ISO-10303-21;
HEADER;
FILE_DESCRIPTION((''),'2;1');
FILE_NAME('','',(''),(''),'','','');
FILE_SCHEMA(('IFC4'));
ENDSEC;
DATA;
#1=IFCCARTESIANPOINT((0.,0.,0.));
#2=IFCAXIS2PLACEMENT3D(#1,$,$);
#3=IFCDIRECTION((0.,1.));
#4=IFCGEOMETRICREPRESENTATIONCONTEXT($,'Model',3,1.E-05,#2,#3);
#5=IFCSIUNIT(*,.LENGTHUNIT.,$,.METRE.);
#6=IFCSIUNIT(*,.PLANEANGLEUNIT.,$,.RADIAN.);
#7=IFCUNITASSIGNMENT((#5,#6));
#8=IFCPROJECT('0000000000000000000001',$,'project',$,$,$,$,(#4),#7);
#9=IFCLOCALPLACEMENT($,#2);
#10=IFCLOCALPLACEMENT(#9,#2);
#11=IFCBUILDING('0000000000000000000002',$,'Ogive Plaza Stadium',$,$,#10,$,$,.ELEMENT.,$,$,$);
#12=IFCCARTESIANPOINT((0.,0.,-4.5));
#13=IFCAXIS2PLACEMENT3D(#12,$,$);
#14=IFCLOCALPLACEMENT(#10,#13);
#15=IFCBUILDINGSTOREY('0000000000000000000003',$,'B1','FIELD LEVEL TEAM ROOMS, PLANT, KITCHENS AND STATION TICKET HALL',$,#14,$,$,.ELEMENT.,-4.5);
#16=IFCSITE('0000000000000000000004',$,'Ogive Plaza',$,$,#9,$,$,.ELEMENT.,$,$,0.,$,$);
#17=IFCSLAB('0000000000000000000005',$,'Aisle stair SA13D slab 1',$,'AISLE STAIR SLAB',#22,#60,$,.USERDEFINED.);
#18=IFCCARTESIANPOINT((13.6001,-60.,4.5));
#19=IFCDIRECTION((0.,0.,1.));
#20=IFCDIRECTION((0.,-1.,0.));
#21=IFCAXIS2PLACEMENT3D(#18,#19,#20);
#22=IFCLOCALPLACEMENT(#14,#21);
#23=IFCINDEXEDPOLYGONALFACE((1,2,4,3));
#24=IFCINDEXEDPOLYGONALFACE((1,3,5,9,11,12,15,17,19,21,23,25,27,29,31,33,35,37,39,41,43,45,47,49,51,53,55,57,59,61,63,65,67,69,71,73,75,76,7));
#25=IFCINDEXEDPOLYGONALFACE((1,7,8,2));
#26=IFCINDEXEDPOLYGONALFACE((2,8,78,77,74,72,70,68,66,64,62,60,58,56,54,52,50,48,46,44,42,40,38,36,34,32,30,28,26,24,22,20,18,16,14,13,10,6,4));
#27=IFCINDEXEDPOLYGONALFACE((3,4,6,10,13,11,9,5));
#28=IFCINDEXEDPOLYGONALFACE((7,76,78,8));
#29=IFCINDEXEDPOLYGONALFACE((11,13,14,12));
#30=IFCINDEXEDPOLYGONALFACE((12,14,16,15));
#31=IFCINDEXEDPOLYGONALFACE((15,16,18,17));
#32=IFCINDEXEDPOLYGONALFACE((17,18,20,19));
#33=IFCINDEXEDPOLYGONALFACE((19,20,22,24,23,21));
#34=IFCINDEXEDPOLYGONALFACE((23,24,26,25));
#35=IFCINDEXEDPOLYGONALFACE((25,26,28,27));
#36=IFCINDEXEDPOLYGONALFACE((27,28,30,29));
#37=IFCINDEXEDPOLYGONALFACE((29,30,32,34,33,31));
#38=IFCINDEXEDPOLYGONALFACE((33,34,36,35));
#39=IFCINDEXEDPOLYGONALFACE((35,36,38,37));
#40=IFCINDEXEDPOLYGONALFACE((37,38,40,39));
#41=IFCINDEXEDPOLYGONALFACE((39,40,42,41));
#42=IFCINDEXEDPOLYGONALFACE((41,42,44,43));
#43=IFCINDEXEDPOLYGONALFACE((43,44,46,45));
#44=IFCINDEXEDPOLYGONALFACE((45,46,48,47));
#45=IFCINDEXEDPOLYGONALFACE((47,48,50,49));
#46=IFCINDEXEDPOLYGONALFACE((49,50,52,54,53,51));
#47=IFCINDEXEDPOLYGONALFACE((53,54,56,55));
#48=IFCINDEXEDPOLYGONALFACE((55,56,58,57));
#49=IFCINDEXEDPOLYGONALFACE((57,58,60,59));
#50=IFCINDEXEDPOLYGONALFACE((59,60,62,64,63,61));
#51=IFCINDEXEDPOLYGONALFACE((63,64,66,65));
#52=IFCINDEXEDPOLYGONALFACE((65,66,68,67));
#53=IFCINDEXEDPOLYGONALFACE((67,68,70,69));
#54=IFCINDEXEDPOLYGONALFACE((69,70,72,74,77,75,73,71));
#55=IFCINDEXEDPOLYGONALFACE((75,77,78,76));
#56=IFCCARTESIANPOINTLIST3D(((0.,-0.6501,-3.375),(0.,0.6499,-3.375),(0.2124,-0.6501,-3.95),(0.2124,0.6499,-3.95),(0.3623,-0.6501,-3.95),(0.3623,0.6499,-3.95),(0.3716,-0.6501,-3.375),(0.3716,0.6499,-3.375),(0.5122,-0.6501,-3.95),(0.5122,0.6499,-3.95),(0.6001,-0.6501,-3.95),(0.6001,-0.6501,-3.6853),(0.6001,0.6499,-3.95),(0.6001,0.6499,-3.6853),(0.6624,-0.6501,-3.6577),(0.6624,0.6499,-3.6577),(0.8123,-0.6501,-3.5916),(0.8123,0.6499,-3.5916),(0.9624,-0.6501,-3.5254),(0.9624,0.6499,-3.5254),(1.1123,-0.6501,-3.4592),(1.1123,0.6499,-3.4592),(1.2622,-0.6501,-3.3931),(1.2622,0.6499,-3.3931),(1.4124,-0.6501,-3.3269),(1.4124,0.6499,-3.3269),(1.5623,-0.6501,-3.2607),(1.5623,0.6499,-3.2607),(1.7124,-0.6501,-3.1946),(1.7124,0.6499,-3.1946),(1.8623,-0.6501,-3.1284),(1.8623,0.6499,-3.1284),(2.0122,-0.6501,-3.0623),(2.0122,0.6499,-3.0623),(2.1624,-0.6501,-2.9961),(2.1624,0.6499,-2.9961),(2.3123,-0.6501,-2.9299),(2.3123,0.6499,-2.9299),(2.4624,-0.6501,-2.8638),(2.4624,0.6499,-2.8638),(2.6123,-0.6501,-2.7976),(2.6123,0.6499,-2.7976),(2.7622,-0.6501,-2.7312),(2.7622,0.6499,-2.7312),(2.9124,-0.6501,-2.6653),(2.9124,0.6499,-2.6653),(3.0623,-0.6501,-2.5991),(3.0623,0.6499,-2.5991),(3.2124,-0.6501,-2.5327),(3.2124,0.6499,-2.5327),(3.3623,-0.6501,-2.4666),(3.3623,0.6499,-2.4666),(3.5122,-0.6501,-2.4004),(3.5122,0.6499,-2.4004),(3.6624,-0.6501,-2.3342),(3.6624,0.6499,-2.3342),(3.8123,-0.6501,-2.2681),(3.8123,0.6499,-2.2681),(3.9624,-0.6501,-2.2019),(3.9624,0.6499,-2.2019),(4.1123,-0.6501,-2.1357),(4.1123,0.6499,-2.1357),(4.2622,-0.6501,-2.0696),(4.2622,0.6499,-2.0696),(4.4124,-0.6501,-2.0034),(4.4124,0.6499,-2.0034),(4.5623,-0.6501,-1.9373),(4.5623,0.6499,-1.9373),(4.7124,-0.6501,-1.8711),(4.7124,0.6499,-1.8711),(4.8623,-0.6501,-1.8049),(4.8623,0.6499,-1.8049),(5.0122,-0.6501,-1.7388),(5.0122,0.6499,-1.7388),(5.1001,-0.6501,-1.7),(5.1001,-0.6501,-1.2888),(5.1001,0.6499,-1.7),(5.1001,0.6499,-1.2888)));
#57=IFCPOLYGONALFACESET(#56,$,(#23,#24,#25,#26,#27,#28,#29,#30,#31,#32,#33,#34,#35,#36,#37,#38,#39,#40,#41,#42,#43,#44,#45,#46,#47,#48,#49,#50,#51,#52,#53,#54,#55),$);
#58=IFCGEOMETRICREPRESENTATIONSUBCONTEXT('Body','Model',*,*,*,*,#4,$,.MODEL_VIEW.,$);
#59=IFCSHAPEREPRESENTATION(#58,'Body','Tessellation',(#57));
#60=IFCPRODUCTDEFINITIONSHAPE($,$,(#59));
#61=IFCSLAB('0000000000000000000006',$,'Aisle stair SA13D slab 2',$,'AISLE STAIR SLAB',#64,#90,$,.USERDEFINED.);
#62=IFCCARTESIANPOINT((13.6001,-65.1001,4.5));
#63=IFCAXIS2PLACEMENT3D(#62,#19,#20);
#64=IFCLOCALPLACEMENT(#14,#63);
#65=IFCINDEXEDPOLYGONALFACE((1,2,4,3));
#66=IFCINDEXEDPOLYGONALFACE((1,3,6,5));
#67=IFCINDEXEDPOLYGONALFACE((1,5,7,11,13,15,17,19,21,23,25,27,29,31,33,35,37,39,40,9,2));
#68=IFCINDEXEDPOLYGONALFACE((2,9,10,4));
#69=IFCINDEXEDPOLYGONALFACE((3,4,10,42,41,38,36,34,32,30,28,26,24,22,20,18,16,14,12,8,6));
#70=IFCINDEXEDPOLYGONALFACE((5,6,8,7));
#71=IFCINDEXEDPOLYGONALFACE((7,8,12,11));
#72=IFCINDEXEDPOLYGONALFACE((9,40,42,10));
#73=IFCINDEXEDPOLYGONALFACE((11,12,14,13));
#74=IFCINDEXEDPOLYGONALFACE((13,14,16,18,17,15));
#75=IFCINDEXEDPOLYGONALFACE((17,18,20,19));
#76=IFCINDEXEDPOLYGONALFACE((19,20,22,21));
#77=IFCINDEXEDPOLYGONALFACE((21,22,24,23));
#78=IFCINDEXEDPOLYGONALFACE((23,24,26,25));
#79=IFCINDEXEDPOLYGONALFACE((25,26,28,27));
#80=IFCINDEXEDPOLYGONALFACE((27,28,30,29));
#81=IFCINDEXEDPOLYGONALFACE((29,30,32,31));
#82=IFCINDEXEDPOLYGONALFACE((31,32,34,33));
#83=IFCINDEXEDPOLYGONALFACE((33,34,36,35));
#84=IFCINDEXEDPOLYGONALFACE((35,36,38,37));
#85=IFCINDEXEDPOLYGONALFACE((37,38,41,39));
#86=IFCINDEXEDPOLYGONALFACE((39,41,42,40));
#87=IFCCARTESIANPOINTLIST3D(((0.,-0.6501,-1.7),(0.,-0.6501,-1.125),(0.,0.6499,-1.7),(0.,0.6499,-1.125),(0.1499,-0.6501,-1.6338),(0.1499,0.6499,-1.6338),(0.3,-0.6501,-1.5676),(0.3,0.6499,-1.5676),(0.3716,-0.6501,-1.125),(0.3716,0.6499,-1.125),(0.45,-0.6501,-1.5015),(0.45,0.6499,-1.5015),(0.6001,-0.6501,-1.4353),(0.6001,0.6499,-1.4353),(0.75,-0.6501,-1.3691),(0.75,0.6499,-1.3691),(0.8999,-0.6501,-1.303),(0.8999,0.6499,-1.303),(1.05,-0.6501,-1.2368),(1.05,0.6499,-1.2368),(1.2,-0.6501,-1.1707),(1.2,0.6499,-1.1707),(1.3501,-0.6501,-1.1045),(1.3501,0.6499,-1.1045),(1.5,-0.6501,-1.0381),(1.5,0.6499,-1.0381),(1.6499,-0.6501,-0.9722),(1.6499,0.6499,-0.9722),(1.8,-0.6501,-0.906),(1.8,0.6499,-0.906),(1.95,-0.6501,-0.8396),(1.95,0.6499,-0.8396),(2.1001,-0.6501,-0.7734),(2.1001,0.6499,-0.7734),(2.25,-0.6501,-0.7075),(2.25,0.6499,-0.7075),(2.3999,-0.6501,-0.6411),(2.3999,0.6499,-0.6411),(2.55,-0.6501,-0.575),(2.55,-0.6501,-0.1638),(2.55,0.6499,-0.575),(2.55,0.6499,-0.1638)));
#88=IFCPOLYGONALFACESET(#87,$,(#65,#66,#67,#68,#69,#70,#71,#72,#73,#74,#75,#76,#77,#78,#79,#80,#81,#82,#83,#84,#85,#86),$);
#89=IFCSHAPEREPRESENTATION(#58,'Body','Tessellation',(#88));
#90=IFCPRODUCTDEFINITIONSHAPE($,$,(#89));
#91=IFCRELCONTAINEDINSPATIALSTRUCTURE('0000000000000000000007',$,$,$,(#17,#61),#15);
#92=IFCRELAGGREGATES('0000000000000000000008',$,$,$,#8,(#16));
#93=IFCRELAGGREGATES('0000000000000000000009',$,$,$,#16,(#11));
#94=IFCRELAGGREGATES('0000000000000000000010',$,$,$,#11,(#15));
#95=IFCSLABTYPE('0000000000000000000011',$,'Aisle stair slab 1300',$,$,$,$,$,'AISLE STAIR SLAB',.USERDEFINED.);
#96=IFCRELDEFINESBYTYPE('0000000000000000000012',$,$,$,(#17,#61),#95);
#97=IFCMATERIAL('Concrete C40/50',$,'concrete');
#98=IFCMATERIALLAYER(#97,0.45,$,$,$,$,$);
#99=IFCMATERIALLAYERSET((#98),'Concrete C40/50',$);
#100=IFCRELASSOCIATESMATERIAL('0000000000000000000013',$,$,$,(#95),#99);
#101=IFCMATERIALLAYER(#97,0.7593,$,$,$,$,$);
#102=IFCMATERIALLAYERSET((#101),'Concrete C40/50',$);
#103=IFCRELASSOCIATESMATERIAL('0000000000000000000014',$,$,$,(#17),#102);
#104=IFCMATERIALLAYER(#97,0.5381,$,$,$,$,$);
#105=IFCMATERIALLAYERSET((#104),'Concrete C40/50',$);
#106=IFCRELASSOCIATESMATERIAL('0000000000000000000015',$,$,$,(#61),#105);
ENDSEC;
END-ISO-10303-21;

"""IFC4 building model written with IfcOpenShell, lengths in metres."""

from ifc_helpers import new_model, si_unit, direction, frame, origin, place, context, subcontext, project, spatial, polyline, outline, extrude, material, layer, layer_set, type_object, element, save


model = new_model("IFC4")

# Units and contexts
model_context = context("Model", 3, precision=1e-05, world=origin(), true_north=direction((0.0, 1.0)))
body_context = subcontext(model_context, "Body", "Model", "MODEL_VIEW")
ifc_project = project(units=[si_unit("LENGTHUNIT", "METRE"), si_unit("PLANEANGLEUNIT", "RADIAN")], contexts=[model_context])

# Site, building, storey
site_placement = place(None, origin())
site = spatial("IfcSite", under=ifc_project, at=site_placement, Name="Ogive Plaza", CompositionType="ELEMENT", RefElevation=0.0)
building_placement = place(site_placement, origin())
building = spatial("IfcBuilding", under=site, at=building_placement, Name="Ogive Plaza Stadium", CompositionType="ELEMENT")
storey_placement = place(building_placement, frame((0.0, 0.0, -4.5)))
storey = spatial("IfcBuildingStorey", under=building, at=storey_placement, Name="B1", Description="FIELD LEVEL TEAM ROOMS, PLANT, KITCHENS AND STATION TICKET HALL", CompositionType="ELEMENT", Elevation=-4.5)

# Slabs
ifc_material_1 = material(Name="Concrete C40/50", Category="concrete")
ifc_layer_1 = layer(ifc_material_1, 0.7593)
ifc_layer_set_1 = layer_set([ifc_layer_1], Name="Concrete C40/50")
ifc_layer_2 = layer(ifc_material_1, 0.45)
ifc_layer_set_2 = layer_set([ifc_layer_2], Name="Concrete C40/50")
slab_type = type_object("IfcSlabType", Name="Aisle stair slab 1300", ElementType="AISLE STAIR SLAB", PredefinedType="USERDEFINED", material=ifc_layer_set_2)
slab_1_placement = place(storey_placement, frame((13.6001, -60.0, 4.5), z_axis=(0.0, 0.0, 1.0), x_axis=(0.0, -1.0, 0.0)))
element("IfcSlab", 1, at=slab_1_placement, inside=storey, type_object=slab_type, material=ifc_layer_set_1, Name="Aisle stair SA13D slab 1", ObjectType="AISLE STAIR SLAB", PredefinedType="USERDEFINED", context=body_context, shape_type="SweptSolid", body=[
    extrude(outline(polyline([(0.0, -3.375), (0.3716, -3.375), (5.1001, -1.2888), (5.1001, -1.7), (5.0122, -1.7388), (4.8623, -1.8049), (4.7124, -1.8711), (4.5623, -1.9373), (4.4124, -2.0034), (4.2622, -2.0696), (4.1123, -2.1357), (3.9624, -2.2019), (3.8123, -2.2681), (3.6624, -2.3342), (3.5122, -2.4004), (3.3623, -2.4666), (3.2124, -2.5327), (3.0623, -2.5991), (2.9124, -2.6653), (2.7622, -2.7312), (2.6123, -2.7976), (2.4624, -2.8638), (2.3123, -2.9299), (2.1624, -2.9961), (2.0122, -3.0623), (1.8623, -3.1284), (1.7124, -3.1946), (1.5623, -3.2607), (1.4124, -3.3269), (1.2622, -3.3931), (1.1123, -3.4592), (0.9624, -3.5254), (0.8123, -3.5916), (0.6624, -3.6577), (0.6001, -3.6853), (0.6001, -3.95), (0.5122, -3.95), (0.3623, -3.95), (0.2124, -3.95), (0.0, -3.375)])), frame((0.0, 0.6499, 0.0), z_axis=(0.0, -1.0, 0.0), x_axis=(1.0, 0.0, 0.0)), (0.0, 0.0, 1.0), 1.3),
])
ifc_layer_3 = layer(ifc_material_1, 0.5381)
ifc_layer_set_3 = layer_set([ifc_layer_3], Name="Concrete C40/50")
slab_2_placement = place(storey_placement, frame((13.6001, -65.1001, 4.5), z_axis=(0.0, 0.0, 1.0), x_axis=(0.0, -1.0, 0.0)))
element("IfcSlab", 2, at=slab_2_placement, inside=storey, type_object=slab_type, material=ifc_layer_set_3, Name="Aisle stair SA13D slab 2", ObjectType="AISLE STAIR SLAB", PredefinedType="USERDEFINED", context=body_context, shape_type="SweptSolid", body=[
    extrude(outline(polyline([(0.0, -1.125), (0.3716, -1.125), (2.55, -0.1638), (2.55, -0.575), (2.3999, -0.6411), (2.25, -0.7075), (2.1001, -0.7734), (1.95, -0.8396), (1.8, -0.906), (1.6499, -0.9722), (1.5, -1.0381), (1.3501, -1.1045), (1.2, -1.1707), (1.05, -1.2368), (0.8999, -1.303), (0.75, -1.3691), (0.6001, -1.4353), (0.45, -1.5015), (0.3, -1.5676), (0.1499, -1.6338), (0.0, -1.7), (0.0, -1.125)])), frame((0.0, 0.6499, 0.0), z_axis=(0.0, -1.0, 0.0), x_axis=(1.0, 0.0, 0.0)), (0.0, 0.0, 1.0), 1.3),
])

save(model, "model.ifc")
